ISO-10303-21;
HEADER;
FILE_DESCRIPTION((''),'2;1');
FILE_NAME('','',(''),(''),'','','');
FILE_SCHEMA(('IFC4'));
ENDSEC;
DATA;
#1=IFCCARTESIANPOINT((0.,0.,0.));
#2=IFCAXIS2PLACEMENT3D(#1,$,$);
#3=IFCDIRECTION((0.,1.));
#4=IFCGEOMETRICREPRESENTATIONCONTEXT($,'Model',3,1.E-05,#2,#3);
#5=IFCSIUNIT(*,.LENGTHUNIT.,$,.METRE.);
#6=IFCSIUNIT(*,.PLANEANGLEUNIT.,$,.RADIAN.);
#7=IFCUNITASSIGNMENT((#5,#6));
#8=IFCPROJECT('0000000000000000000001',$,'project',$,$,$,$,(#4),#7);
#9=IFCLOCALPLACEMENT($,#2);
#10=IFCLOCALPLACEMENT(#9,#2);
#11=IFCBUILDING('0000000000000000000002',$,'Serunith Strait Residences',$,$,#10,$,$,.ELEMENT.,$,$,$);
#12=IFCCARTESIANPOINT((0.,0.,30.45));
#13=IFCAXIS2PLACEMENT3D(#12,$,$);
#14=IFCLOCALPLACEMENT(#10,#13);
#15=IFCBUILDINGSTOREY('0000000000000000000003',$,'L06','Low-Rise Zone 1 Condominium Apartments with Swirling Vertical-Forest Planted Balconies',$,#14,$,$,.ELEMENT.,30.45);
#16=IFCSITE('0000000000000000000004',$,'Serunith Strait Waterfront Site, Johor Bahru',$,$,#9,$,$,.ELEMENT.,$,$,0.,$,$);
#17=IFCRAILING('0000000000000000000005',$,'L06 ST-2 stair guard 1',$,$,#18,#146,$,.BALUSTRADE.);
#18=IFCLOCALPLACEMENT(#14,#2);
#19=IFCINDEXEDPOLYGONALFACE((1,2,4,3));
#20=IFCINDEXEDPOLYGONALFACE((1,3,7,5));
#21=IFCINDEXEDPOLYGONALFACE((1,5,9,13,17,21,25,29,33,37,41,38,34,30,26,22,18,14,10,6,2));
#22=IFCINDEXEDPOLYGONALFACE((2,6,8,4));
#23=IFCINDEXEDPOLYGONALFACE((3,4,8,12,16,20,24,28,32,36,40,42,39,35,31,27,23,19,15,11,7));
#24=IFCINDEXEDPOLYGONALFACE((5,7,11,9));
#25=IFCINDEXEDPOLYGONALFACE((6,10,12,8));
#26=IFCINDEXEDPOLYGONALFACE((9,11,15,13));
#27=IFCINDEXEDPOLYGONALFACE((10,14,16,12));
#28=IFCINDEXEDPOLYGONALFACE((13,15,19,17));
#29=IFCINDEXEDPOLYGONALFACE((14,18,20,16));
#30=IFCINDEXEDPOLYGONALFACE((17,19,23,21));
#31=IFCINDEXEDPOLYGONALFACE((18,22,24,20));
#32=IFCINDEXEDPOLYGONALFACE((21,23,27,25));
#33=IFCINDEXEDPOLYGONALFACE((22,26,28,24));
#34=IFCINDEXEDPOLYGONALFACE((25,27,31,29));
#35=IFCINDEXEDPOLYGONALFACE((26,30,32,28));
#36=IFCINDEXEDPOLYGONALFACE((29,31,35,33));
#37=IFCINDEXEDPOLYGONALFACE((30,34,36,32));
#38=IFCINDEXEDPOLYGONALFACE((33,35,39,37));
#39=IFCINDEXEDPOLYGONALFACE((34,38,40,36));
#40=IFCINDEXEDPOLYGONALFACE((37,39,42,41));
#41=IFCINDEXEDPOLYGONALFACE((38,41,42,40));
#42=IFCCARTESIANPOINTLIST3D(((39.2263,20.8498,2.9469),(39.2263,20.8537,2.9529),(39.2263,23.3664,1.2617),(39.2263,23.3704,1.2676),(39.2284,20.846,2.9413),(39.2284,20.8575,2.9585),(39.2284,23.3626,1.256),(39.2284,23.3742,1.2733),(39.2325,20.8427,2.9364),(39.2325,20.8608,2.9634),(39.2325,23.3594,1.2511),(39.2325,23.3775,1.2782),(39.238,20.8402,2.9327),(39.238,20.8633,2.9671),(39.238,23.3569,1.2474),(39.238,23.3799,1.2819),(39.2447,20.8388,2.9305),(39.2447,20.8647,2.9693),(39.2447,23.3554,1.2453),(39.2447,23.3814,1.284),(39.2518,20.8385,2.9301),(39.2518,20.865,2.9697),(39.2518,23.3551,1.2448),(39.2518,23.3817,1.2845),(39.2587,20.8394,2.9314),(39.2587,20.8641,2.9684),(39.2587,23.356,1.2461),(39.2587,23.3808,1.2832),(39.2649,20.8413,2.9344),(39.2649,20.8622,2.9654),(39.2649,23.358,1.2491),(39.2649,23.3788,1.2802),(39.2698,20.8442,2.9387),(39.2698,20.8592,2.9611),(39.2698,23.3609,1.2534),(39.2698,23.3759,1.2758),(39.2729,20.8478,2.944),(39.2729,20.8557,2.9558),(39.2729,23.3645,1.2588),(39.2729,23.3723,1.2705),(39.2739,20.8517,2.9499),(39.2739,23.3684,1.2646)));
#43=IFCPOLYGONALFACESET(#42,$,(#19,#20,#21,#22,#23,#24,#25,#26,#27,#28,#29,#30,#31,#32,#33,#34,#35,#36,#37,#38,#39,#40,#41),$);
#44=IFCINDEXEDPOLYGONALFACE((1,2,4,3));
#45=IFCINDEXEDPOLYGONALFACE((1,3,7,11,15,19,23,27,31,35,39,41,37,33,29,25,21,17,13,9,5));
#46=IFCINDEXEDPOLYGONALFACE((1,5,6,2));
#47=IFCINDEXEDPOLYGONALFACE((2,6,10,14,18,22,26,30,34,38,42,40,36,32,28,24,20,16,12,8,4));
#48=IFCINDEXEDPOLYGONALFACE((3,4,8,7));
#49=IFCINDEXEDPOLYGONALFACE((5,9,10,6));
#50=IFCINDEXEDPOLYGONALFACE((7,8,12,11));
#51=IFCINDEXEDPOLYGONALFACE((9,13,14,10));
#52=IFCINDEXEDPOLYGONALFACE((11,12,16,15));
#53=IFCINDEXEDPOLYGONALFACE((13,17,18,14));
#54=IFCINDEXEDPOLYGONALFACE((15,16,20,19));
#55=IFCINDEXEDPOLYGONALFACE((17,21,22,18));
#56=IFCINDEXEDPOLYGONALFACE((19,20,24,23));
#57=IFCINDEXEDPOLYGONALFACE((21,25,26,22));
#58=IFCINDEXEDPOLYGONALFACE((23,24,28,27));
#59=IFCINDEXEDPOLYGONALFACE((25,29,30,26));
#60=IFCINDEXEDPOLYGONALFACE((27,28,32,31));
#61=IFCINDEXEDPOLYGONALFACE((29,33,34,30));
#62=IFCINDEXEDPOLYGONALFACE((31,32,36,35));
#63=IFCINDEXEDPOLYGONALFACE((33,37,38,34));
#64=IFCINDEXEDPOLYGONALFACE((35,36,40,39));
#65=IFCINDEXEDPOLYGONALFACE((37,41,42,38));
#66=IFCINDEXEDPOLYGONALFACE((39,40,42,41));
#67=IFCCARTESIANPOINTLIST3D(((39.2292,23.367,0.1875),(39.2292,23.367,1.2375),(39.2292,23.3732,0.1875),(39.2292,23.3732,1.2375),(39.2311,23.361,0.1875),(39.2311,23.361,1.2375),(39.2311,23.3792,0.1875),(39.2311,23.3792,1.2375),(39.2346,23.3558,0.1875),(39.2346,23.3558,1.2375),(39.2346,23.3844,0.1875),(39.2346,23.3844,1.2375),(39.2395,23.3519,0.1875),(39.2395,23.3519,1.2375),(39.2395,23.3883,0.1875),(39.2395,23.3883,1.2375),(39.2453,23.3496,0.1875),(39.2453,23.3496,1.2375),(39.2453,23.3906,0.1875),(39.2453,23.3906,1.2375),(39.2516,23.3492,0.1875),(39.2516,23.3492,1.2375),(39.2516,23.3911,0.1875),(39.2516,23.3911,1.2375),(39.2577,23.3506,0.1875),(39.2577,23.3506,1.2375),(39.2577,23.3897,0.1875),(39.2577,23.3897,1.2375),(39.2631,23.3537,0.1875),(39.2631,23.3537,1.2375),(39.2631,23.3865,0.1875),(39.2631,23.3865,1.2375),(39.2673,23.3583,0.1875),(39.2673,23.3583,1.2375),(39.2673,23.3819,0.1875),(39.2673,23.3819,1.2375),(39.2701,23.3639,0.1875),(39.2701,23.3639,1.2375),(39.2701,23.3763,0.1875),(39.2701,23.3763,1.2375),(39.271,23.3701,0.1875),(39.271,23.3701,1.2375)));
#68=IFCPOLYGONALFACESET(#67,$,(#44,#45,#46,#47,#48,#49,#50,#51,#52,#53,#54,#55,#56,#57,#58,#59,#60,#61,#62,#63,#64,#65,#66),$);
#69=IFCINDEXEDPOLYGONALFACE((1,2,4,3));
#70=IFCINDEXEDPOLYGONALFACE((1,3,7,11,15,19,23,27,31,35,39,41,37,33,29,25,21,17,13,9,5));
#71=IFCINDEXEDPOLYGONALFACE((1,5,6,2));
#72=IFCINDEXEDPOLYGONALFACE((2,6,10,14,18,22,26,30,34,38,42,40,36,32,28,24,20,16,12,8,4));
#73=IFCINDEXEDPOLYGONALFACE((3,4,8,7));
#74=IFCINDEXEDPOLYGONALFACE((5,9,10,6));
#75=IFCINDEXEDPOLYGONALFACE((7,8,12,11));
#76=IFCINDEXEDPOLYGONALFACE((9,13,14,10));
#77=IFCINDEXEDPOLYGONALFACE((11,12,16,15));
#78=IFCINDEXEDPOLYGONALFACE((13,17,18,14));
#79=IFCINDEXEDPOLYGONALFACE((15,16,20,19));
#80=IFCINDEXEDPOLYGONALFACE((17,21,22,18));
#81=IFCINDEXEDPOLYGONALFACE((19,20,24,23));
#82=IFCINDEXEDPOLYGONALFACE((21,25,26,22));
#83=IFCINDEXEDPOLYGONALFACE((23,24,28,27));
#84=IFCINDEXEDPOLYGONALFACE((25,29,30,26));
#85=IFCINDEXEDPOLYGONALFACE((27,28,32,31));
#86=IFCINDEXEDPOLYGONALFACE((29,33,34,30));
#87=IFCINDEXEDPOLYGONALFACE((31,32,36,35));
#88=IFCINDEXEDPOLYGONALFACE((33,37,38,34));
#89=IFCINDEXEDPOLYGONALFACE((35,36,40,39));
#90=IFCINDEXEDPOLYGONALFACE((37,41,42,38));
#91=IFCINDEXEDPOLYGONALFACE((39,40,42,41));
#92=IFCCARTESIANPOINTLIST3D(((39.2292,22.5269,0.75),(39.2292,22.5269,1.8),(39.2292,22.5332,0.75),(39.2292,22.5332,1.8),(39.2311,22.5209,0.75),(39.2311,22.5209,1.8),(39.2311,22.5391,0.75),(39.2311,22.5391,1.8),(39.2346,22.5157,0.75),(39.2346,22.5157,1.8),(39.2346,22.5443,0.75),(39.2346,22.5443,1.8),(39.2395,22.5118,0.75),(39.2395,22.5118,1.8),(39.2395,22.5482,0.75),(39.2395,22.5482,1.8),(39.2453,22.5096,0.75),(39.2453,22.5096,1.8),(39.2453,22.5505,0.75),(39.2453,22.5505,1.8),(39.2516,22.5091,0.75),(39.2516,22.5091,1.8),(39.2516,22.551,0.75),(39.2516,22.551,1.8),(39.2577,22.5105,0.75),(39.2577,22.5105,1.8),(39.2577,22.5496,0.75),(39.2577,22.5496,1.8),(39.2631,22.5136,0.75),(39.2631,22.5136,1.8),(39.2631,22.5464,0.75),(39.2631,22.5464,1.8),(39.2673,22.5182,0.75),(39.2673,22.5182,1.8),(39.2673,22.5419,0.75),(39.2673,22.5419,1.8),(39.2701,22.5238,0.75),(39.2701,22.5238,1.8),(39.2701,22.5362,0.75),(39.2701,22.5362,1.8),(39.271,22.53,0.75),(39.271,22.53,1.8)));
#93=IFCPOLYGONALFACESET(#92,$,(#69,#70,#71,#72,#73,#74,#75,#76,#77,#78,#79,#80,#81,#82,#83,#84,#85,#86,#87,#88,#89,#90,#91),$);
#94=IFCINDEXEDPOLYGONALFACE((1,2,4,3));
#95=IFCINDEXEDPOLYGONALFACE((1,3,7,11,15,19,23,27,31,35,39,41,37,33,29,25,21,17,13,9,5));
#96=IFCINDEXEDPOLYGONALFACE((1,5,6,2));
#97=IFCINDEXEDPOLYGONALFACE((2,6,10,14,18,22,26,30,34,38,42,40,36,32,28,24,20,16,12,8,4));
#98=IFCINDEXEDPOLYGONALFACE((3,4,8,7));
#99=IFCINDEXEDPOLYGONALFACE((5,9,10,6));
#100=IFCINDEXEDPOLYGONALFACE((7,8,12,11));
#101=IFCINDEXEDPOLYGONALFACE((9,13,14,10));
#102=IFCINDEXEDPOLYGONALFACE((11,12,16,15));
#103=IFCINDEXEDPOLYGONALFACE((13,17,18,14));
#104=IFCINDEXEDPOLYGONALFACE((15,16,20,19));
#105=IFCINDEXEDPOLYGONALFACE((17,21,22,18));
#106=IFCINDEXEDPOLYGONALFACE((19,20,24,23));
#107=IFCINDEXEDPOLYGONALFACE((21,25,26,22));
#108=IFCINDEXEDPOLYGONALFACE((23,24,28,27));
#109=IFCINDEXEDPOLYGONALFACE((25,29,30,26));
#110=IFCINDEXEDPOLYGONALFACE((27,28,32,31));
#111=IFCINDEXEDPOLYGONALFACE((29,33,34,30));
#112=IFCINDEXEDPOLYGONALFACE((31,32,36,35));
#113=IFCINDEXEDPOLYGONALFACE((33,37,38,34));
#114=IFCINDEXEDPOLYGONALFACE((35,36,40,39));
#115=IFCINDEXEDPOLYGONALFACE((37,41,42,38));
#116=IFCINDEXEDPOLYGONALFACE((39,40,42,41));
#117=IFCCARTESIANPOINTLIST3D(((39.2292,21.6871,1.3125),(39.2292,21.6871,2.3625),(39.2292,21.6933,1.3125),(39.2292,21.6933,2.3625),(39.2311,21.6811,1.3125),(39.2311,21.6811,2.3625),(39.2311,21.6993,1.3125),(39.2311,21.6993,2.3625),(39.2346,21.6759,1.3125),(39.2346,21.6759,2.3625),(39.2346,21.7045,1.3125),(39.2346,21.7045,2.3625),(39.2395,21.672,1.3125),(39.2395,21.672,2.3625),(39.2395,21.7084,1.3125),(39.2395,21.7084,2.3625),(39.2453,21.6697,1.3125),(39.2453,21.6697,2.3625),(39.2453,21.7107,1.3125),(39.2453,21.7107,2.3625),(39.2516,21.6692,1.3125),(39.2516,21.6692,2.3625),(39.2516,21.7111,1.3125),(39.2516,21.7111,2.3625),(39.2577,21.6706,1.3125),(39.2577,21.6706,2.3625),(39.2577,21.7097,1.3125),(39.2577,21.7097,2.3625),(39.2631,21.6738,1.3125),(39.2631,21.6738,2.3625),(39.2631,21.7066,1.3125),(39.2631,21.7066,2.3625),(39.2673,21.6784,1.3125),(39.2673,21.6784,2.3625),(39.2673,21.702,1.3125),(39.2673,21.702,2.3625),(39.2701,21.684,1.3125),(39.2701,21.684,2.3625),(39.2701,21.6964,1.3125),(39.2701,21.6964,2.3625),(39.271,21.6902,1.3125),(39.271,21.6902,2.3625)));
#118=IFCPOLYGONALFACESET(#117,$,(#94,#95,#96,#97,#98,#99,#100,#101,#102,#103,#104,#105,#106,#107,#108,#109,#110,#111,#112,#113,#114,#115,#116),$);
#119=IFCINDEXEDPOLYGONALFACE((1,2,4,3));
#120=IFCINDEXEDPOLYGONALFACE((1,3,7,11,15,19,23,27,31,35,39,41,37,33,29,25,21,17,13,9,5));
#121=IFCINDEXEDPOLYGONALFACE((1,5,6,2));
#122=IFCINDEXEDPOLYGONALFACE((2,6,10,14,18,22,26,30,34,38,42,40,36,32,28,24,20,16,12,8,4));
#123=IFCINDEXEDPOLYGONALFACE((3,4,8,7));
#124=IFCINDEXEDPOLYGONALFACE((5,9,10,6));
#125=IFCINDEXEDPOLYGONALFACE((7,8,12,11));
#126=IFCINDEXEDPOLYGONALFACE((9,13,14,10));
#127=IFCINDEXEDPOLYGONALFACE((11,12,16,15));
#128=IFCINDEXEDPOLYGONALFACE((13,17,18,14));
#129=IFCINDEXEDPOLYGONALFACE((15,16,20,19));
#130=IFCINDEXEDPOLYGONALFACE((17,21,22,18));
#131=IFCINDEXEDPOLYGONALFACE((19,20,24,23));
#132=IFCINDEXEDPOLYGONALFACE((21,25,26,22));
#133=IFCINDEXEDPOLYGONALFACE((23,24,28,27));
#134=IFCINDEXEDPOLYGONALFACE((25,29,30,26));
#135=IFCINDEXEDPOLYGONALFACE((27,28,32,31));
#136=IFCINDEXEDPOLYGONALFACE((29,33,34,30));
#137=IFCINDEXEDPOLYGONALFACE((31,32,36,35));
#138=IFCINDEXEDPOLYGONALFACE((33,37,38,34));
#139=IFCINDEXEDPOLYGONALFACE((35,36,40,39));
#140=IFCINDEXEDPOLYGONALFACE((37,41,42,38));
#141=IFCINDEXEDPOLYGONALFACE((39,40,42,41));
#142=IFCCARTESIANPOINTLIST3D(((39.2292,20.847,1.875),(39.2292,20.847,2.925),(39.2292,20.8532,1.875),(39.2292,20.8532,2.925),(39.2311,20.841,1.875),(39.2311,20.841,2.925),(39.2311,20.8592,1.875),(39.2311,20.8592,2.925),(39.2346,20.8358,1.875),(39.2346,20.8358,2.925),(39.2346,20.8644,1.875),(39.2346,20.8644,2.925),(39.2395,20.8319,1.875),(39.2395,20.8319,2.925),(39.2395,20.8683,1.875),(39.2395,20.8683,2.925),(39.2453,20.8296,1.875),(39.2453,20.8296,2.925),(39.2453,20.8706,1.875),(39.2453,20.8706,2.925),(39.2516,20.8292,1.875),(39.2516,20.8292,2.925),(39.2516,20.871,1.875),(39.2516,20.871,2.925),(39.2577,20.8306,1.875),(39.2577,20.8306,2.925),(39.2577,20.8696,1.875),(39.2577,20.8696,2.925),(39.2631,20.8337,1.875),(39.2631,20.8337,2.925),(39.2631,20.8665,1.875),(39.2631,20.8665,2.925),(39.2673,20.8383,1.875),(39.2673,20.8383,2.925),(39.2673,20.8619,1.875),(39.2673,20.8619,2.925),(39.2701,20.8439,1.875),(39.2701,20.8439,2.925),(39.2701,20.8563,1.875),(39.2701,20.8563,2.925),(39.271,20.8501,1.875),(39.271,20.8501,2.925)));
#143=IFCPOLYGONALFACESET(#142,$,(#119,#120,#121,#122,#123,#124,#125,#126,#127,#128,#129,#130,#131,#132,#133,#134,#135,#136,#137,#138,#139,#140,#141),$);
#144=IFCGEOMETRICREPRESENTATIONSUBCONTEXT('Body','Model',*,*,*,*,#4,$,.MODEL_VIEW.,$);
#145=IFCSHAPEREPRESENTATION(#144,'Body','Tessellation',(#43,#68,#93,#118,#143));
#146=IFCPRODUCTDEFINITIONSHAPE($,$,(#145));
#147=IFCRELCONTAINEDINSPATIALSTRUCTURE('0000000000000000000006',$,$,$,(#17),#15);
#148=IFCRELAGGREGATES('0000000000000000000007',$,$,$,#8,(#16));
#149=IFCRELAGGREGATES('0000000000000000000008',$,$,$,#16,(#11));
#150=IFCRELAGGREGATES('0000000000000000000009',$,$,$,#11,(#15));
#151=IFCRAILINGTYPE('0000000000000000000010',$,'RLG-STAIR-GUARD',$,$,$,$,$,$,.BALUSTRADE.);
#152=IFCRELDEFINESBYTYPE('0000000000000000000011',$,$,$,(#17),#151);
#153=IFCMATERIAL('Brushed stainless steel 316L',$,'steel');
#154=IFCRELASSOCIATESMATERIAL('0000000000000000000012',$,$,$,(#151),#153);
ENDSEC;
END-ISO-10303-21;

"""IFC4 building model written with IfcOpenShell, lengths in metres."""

from ifc_helpers import new_model, si_unit, direction, frame, origin, origin_2d, place, context, subcontext, project, spatial, circle, extrude, material, type_object, element, save


model = new_model("IFC4")

# Units and contexts
model_context = context("Model", 3, precision=1e-05, world=origin(), true_north=direction((0.0, 1.0)))
body_context = subcontext(model_context, "Body", "Model", "MODEL_VIEW")
ifc_project = project(units=[si_unit("LENGTHUNIT", "METRE"), si_unit("PLANEANGLEUNIT", "RADIAN")], contexts=[model_context])

# Site, building, storey
site_placement = place(None, origin())
site = spatial("IfcSite", under=ifc_project, at=site_placement, Name="Serunith Strait Waterfront Site, Johor Bahru", CompositionType="ELEMENT", RefElevation=0.0)
building_placement = place(site_placement, origin())
building = spatial("IfcBuilding", under=site, at=building_placement, Name="Serunith Strait Residences", CompositionType="ELEMENT")
storey_placement = place(building_placement, frame((0.0, 0.0, 30.45)))
storey = spatial("IfcBuildingStorey", under=building, at=storey_placement, Name="L06", Description="Low-Rise Zone 1 Condominium Apartments with Swirling Vertical-Forest Planted Balconies", CompositionType="ELEMENT", Elevation=30.45)

# Railing
ifc_material_1 = material(Name="Brushed stainless steel 316L", Category="steel")
railing_type_1 = type_object("IfcRailingType", Name="RLG-STAIR-GUARD", PredefinedType="BALUSTRADE", material=ifc_material_1)
railing_1_placement = place(storey_placement, frame((39.25, 23.3701, 0.1875)))
element("IfcRailing", 1, at=railing_1_placement, inside=storey, type_object=railing_type_1, Name="L06 ST-2 stair guard 1", PredefinedType="BALUSTRADE", context=body_context, shape_type="SweptSolid", body=[
    extrude(circle(Radius=0.0239, at=origin_2d()), frame((0.0, -0.0017, 1.0771), z_axis=(0.0, -0.830909, 0.556408), x_axis=(1.0, 0.0, 0.0)), (0.0, 0.0, 1.0), 3.0288),
    extrude(circle(Radius=0.021, at=origin_2d()), origin(), (0.0, 0.0, 1.0), 1.05),
    extrude(circle(Radius=0.021, at=origin_2d()), frame((0.0, -0.8401, 0.5625)), (0.0, 0.0, 1.0), 1.05),
    extrude(circle(Radius=0.021, at=origin_2d()), frame((0.0, -1.6799, 1.125)), (0.0, 0.0, 1.0), 1.05),
    extrude(circle(Radius=0.021, at=origin_2d()), frame((0.0, -2.52, 1.6875)), (0.0, 0.0, 1.0), 1.05),
])

save(model, "model.ifc")
